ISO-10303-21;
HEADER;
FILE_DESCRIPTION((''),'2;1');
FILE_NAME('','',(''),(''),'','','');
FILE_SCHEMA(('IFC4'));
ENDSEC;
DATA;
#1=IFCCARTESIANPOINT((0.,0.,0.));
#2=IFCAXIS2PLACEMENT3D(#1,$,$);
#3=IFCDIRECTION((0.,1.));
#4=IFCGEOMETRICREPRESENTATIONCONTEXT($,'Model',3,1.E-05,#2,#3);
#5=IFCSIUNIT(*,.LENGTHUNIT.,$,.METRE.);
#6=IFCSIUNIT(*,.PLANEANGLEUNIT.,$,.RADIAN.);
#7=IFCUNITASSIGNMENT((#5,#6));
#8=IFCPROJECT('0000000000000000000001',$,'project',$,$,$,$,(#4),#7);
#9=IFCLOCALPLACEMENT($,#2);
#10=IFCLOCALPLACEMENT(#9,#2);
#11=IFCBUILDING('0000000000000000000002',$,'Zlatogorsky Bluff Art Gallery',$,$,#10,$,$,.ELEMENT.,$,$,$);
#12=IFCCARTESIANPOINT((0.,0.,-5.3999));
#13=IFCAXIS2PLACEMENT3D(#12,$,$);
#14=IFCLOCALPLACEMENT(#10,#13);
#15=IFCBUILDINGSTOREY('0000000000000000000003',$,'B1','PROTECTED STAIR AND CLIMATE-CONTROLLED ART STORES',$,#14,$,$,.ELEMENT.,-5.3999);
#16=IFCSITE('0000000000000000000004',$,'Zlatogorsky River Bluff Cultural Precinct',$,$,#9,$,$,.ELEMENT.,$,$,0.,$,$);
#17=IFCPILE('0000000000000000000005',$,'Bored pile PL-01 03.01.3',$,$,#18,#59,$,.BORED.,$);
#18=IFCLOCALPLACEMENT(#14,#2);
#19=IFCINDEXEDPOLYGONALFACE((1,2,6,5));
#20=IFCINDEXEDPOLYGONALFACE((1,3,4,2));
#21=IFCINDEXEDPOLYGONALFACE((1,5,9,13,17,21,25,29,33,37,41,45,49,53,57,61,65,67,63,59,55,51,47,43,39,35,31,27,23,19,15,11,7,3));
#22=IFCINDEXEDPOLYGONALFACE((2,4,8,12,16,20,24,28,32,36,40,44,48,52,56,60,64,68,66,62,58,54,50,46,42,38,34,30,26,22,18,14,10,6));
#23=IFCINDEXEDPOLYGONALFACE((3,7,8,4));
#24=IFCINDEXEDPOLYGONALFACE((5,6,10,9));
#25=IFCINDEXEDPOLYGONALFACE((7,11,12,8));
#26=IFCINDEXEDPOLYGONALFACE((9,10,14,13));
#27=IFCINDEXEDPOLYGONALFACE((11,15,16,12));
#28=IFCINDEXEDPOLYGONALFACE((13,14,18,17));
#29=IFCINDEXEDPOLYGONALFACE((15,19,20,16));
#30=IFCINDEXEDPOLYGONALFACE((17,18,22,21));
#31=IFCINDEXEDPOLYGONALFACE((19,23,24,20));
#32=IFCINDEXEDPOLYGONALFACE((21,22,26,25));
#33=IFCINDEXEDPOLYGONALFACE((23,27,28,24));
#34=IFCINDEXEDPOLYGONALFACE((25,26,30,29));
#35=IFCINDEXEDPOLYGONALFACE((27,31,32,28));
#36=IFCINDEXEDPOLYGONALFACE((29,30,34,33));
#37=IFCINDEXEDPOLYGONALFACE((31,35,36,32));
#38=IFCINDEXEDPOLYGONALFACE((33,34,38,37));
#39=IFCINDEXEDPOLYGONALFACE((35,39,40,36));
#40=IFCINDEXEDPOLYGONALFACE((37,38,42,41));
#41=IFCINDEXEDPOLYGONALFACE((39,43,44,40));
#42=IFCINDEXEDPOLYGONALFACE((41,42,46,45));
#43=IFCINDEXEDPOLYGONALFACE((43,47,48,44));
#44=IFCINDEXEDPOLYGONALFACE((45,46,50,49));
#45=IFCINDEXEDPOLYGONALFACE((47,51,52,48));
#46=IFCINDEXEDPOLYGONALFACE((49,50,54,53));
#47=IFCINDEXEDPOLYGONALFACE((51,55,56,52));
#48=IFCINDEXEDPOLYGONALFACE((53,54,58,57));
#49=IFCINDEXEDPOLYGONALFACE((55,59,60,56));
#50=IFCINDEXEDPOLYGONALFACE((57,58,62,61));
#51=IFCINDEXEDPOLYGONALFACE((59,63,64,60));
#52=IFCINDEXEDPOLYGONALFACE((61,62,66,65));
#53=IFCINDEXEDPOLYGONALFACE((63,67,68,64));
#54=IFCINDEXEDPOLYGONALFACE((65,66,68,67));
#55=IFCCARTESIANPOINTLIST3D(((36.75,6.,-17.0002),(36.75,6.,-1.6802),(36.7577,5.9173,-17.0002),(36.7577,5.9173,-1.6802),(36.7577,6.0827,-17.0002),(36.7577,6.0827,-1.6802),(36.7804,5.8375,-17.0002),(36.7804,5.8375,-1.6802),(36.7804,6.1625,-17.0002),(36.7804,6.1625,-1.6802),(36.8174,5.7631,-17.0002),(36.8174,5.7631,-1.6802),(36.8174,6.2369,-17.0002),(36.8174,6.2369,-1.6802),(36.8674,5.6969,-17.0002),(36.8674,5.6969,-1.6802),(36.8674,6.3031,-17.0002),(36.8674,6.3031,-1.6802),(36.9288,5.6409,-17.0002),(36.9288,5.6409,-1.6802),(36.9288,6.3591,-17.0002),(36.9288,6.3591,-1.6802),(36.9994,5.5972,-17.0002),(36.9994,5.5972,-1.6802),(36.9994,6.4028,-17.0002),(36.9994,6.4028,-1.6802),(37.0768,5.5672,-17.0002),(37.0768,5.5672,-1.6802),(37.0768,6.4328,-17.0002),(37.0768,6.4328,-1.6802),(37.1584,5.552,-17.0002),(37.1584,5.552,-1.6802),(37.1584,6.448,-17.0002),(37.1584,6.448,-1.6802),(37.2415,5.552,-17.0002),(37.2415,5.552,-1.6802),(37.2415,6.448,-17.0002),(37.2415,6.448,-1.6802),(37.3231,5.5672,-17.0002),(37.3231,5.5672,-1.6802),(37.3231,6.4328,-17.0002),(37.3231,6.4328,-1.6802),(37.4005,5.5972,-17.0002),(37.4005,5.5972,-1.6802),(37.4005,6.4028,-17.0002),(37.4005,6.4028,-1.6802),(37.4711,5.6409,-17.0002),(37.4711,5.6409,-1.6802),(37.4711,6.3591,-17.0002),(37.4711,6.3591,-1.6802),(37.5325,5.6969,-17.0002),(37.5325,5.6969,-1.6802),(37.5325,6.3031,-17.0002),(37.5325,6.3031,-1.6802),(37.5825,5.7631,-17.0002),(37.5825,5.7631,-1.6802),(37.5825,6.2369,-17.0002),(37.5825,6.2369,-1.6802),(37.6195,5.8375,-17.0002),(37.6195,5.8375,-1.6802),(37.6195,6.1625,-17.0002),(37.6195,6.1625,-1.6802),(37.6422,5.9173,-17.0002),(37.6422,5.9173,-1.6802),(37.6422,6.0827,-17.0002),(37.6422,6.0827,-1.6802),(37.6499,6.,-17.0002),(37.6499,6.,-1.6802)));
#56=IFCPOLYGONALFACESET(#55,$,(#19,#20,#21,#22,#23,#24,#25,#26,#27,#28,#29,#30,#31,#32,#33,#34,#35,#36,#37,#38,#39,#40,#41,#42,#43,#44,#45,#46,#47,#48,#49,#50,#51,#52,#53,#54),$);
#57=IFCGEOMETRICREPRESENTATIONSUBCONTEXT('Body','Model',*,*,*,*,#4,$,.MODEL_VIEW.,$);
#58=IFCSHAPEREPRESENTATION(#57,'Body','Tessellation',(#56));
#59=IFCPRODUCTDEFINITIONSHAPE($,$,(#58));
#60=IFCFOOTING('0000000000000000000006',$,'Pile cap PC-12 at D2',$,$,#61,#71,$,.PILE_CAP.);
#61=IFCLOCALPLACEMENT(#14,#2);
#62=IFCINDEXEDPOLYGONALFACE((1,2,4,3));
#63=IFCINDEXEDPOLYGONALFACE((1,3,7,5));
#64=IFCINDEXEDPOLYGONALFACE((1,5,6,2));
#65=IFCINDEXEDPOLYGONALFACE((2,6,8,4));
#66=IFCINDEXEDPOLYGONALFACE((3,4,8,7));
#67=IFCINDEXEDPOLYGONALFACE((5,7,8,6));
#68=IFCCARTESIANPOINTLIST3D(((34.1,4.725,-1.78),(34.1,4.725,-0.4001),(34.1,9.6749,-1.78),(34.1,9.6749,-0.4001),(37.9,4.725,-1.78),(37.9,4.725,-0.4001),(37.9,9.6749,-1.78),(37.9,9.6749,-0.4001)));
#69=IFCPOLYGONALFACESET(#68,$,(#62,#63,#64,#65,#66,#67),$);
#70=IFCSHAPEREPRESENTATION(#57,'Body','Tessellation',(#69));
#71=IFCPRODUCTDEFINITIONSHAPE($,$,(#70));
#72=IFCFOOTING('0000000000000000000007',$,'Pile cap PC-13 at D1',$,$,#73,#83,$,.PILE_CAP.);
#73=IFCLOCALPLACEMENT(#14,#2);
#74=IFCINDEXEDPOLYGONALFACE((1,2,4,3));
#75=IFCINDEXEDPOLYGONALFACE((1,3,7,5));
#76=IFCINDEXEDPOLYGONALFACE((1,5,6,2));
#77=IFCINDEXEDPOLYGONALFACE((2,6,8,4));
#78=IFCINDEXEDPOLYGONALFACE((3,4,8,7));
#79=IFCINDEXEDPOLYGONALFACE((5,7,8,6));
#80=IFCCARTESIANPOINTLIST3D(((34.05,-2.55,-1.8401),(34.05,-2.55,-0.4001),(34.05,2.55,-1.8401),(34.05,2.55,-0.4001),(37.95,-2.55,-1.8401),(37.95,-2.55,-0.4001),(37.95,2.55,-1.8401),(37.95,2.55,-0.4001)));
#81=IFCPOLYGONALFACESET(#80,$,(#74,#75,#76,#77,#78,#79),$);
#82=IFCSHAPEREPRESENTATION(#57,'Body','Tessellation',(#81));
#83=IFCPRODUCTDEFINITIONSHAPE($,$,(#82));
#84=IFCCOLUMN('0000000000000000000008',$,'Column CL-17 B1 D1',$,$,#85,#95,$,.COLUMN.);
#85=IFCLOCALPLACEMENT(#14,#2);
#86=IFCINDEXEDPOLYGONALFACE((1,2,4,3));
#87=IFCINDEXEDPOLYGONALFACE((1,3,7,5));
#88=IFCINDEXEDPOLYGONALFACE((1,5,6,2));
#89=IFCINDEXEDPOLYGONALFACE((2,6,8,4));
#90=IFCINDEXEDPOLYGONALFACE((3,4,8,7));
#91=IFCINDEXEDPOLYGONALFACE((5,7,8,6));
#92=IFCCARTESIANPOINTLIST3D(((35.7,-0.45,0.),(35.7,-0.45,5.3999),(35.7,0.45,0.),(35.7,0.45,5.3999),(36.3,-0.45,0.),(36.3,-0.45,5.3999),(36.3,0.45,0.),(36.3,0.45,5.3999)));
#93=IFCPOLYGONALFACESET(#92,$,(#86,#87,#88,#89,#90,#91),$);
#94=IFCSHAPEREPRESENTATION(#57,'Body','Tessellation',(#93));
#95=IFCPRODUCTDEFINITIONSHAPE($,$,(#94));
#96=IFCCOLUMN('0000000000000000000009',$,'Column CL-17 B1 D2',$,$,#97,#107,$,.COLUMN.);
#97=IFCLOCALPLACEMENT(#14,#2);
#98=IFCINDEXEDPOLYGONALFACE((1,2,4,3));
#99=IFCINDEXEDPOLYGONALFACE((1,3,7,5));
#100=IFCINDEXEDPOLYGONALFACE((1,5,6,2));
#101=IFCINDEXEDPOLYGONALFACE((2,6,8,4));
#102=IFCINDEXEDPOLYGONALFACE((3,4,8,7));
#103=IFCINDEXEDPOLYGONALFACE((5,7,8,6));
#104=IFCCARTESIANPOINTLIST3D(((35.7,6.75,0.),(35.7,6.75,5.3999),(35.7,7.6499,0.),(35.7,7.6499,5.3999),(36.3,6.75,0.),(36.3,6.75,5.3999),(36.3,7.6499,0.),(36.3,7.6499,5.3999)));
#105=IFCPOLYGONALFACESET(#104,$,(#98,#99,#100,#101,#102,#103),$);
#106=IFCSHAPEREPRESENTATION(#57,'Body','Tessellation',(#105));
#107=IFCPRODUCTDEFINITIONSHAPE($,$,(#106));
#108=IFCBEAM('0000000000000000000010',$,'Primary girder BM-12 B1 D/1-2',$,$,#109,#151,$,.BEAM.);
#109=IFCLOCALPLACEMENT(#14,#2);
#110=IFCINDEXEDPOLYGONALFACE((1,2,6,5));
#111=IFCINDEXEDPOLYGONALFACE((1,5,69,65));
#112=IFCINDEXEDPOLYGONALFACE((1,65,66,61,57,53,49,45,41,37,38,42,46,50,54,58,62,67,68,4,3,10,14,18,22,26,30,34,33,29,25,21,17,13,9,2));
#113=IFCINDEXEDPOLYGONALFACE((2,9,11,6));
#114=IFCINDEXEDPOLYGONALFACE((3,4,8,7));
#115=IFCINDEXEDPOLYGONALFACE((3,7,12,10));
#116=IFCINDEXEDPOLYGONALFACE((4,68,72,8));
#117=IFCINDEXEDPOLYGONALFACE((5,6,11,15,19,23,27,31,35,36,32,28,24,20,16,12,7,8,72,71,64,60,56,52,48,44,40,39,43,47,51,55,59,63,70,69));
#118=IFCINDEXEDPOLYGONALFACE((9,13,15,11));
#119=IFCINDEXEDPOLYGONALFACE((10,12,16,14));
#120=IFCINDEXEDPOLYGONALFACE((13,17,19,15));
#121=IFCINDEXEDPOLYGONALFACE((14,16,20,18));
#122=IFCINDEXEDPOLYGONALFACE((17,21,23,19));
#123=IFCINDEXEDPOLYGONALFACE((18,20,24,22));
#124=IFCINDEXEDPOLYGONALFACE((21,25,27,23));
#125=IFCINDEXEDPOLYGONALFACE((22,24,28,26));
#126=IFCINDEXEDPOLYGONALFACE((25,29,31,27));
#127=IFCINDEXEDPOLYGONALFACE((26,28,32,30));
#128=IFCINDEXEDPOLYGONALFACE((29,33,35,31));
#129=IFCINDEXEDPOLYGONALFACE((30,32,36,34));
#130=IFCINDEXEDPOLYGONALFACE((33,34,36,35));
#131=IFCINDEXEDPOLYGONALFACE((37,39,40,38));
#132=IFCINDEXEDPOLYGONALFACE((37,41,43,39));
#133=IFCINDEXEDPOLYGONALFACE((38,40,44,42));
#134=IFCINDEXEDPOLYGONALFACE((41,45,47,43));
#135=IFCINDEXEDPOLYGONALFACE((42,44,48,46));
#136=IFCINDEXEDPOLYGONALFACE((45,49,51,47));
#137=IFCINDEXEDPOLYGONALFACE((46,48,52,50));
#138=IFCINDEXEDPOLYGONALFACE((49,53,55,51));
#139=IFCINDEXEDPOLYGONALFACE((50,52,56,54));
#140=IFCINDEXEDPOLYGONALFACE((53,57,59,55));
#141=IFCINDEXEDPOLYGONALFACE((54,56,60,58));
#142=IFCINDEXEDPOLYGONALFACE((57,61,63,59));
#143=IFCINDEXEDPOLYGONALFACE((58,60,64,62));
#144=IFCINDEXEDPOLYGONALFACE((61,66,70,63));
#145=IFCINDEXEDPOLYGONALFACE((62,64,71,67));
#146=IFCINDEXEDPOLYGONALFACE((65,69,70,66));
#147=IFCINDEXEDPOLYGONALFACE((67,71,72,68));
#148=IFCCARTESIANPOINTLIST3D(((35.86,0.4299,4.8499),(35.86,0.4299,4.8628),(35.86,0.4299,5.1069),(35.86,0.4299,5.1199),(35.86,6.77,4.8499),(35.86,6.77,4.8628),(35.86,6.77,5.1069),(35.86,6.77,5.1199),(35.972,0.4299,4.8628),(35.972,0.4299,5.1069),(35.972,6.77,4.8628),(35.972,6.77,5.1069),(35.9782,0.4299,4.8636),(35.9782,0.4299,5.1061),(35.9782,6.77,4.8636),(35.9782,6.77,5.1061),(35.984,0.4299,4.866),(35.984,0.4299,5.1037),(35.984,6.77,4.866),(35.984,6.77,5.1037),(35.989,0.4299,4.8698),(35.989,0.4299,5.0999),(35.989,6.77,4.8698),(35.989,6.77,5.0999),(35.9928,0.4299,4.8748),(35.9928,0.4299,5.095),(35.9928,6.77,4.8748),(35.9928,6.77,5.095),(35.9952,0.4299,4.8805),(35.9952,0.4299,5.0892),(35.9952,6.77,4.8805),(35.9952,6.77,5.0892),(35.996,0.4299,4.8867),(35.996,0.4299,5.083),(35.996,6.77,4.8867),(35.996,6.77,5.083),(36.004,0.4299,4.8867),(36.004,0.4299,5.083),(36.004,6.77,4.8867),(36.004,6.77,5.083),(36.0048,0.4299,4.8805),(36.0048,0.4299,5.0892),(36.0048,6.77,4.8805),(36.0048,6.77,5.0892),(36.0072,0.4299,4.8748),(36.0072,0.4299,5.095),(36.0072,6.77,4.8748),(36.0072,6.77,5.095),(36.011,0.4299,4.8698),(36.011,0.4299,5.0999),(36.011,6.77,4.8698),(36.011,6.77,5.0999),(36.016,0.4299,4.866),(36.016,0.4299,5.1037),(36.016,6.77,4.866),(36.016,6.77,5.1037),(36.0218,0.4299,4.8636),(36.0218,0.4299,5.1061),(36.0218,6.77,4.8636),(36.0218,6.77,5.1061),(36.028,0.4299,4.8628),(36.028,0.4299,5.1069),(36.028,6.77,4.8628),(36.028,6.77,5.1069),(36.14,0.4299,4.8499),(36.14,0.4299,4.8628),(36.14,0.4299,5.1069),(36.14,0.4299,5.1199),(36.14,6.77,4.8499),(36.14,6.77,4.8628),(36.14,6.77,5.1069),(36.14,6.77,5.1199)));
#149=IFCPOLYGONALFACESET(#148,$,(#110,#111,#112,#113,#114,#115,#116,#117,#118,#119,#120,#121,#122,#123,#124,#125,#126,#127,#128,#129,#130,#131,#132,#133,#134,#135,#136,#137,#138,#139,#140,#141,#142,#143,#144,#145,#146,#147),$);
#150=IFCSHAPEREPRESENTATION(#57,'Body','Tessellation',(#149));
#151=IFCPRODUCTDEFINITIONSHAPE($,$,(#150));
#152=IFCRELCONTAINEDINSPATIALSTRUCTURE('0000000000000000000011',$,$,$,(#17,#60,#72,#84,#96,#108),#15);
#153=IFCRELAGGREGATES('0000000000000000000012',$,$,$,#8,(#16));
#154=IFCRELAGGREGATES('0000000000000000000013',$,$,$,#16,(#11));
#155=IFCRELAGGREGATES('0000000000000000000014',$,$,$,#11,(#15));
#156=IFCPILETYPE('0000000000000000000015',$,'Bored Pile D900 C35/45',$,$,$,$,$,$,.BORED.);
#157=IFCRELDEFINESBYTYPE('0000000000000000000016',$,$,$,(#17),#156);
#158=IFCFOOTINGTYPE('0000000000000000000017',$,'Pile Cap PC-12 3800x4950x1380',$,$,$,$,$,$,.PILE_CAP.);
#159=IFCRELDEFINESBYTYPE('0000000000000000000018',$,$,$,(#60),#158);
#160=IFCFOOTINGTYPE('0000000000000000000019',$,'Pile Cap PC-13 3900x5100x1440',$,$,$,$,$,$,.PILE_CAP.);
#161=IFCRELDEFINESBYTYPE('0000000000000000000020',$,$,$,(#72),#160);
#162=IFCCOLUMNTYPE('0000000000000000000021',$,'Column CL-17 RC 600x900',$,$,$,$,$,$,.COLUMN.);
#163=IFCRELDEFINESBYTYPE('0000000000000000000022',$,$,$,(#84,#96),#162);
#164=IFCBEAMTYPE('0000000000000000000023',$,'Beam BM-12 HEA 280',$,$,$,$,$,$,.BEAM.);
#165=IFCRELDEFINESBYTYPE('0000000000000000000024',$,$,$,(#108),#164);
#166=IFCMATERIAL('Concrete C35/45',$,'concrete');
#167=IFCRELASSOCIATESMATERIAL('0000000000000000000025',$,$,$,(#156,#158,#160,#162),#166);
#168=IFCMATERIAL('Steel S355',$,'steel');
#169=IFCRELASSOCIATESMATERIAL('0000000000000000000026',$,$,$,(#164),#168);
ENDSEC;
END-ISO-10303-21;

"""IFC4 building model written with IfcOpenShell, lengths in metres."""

from ifc_helpers import new_model, si_unit, direction, frame, origin, origin_2d, place, context, subcontext, project, spatial, rectangle, circle, i_section, extrude, material, material_profile, profile_set, type_object, element, save


model = new_model("IFC4")

# Units and contexts
model_context = context("Model", 3, precision=1e-05, world=origin(), true_north=direction((0.0, 1.0)))
body_context = subcontext(model_context, "Body", "Model", "MODEL_VIEW")
ifc_project = project(units=[si_unit("LENGTHUNIT", "METRE"), si_unit("PLANEANGLEUNIT", "RADIAN")], contexts=[model_context])

# Site, building, storey
site_placement = place(None, origin())
site = spatial("IfcSite", under=ifc_project, at=site_placement, Name="Zlatogorsky River Bluff Cultural Precinct", CompositionType="ELEMENT", RefElevation=0.0)
building_placement = place(site_placement, origin())
building = spatial("IfcBuilding", under=site, at=building_placement, Name="Zlatogorsky Bluff Art Gallery", CompositionType="ELEMENT")
storey_placement = place(building_placement, frame((0.0, 0.0, -5.3999)))
storey = spatial("IfcBuildingStorey", under=building, at=storey_placement, Name="B1", Description="PROTECTED STAIR AND CLIMATE-CONTROLLED ART STORES", CompositionType="ELEMENT", Elevation=-5.3999)

# Pile
ifc_material_1 = material(Name="Concrete C35/45", Category="concrete")
ifc_material_profile_1 = material_profile(ifc_material_1, circle(Radius=0.45, at=origin_2d()), Name="BORED PILE D900")
ifc_profile_set_1 = profile_set([ifc_material_profile_1], Name="Concrete C35/45")
pile_type = type_object("IfcPileType", Name="Bored Pile D900 C35/45", PredefinedType="BORED", material=ifc_profile_set_1)
for number, where, z_axis, x_axis, name in (
    (1, (37.2, 6.0, -1.6802), (0.0, 0.0, -1.0), (1.0, 0.0, 0.0), "Bored pile PL-01 03.01.3"),
):
    element("IfcPile", number, at=place(storey_placement, frame(where, z_axis=z_axis, x_axis=x_axis)), inside=storey, type_object=pile_type, Name=name, PredefinedType="BORED", context=body_context, shape_type="SweptSolid", body=[
        extrude(circle(Radius=0.45, at=origin_2d()), origin(), (0.0, 0.0, 1.0), 15.3201),
    ])

# Footings
footing_type_1 = type_object("IfcFootingType", Name="Pile Cap PC-12 3800x4950x1380", PredefinedType="PILE_CAP", material=ifc_material_1)
footing_1_placement = place(storey_placement, frame((36.0, 7.2, -1.78), z_axis=(0.0, 0.0, 1.0), x_axis=(1.0, 0.0, 0.0)))
element("IfcFooting", 2, at=footing_1_placement, inside=storey, type_object=footing_type_1, Name="Pile cap PC-12 at D2", PredefinedType="PILE_CAP", context=body_context, shape_type="SweptSolid", body=[
    extrude(rectangle(XDim=3.8, YDim=4.95, at=origin_2d()), origin(), (0.0, 0.0, 1.0), 1.3799),
])
footing_type_2 = type_object("IfcFootingType", Name="Pile Cap PC-13 3900x5100x1440", PredefinedType="PILE_CAP", material=ifc_material_1)
footing_2_placement = place(storey_placement, frame((36.0, 0.0, -1.8401), z_axis=(0.0, 0.0, 1.0), x_axis=(1.0, 0.0, 0.0)))
element("IfcFooting", 3, at=footing_2_placement, inside=storey, type_object=footing_type_2, Name="Pile cap PC-13 at D1", PredefinedType="PILE_CAP", context=body_context, shape_type="SweptSolid", body=[
    extrude(rectangle(XDim=3.8999, YDim=5.1001, at=origin_2d()), origin(), (0.0, 0.0, 1.0), 1.4399),
])

# Columns
ifc_material_profile_2 = material_profile(ifc_material_1, rectangle(XDim=0.6001, YDim=0.8999, at=origin_2d()), Name="RC 600x900")
ifc_profile_set_2 = profile_set([ifc_material_profile_2], Name="Concrete C35/45")
column_type = type_object("IfcColumnType", Name="Column CL-17 RC 600x900", PredefinedType="COLUMN", material=ifc_profile_set_2)
for number, where, z_axis, x_axis, name in (
    (4, (36.0, 0.0, 0.0), (0.0, 0.0, 1.0), (1.0, 0.0, 0.0), "Column CL-17 B1 D1"),
    (5, (36.0, 7.2, 0.0), (0.0, 0.0, 1.0), (1.0, 0.0, 0.0), "Column CL-17 B1 D2"),
):
    element("IfcColumn", number, at=place(storey_placement, frame(where, z_axis=z_axis, x_axis=x_axis)), inside=storey, type_object=column_type, Name=name, PredefinedType="COLUMN", context=body_context, shape_type="SweptSolid", body=[
        extrude(rectangle(XDim=0.6001, YDim=0.8999, at=origin_2d()), origin(), (0.0, 0.0, 1.0), 5.3999),
    ])

# Beam
ifc_material_2 = material(Name="Steel S355", Category="steel")
ifc_material_profile_3 = material_profile(ifc_material_2, i_section(OverallWidth=0.28, OverallDepth=0.27, WebThickness=0.0081, FlangeThickness=0.0129, FilletRadius=0.0239, at=origin_2d()), Name="HEA 280")
ifc_profile_set_3 = profile_set([ifc_material_profile_3], Name="Steel S355")
beam_type_1 = type_object("IfcBeamType", Name="Beam BM-12 HEA 280", PredefinedType="BEAM", material=ifc_profile_set_3)
beam_1_placement = place(storey_placement, frame((36.0, 0.4299, 4.9849), z_axis=(0.0, 1.0, 0.0), x_axis=(-1.0, 0.0, 0.0)))
element("IfcBeam", 6, at=beam_1_placement, inside=storey, type_object=beam_type_1, Name="Primary girder BM-12 B1 D/1-2", PredefinedType="BEAM", context=body_context, shape_type="SweptSolid", body=[
    extrude(i_section(OverallWidth=0.28, OverallDepth=0.27, WebThickness=0.0081, FlangeThickness=0.0129, FilletRadius=0.0239, at=origin_2d()), origin(), (0.0, 0.0, 1.0), 6.3401),
])

save(model, "model.ifc")
